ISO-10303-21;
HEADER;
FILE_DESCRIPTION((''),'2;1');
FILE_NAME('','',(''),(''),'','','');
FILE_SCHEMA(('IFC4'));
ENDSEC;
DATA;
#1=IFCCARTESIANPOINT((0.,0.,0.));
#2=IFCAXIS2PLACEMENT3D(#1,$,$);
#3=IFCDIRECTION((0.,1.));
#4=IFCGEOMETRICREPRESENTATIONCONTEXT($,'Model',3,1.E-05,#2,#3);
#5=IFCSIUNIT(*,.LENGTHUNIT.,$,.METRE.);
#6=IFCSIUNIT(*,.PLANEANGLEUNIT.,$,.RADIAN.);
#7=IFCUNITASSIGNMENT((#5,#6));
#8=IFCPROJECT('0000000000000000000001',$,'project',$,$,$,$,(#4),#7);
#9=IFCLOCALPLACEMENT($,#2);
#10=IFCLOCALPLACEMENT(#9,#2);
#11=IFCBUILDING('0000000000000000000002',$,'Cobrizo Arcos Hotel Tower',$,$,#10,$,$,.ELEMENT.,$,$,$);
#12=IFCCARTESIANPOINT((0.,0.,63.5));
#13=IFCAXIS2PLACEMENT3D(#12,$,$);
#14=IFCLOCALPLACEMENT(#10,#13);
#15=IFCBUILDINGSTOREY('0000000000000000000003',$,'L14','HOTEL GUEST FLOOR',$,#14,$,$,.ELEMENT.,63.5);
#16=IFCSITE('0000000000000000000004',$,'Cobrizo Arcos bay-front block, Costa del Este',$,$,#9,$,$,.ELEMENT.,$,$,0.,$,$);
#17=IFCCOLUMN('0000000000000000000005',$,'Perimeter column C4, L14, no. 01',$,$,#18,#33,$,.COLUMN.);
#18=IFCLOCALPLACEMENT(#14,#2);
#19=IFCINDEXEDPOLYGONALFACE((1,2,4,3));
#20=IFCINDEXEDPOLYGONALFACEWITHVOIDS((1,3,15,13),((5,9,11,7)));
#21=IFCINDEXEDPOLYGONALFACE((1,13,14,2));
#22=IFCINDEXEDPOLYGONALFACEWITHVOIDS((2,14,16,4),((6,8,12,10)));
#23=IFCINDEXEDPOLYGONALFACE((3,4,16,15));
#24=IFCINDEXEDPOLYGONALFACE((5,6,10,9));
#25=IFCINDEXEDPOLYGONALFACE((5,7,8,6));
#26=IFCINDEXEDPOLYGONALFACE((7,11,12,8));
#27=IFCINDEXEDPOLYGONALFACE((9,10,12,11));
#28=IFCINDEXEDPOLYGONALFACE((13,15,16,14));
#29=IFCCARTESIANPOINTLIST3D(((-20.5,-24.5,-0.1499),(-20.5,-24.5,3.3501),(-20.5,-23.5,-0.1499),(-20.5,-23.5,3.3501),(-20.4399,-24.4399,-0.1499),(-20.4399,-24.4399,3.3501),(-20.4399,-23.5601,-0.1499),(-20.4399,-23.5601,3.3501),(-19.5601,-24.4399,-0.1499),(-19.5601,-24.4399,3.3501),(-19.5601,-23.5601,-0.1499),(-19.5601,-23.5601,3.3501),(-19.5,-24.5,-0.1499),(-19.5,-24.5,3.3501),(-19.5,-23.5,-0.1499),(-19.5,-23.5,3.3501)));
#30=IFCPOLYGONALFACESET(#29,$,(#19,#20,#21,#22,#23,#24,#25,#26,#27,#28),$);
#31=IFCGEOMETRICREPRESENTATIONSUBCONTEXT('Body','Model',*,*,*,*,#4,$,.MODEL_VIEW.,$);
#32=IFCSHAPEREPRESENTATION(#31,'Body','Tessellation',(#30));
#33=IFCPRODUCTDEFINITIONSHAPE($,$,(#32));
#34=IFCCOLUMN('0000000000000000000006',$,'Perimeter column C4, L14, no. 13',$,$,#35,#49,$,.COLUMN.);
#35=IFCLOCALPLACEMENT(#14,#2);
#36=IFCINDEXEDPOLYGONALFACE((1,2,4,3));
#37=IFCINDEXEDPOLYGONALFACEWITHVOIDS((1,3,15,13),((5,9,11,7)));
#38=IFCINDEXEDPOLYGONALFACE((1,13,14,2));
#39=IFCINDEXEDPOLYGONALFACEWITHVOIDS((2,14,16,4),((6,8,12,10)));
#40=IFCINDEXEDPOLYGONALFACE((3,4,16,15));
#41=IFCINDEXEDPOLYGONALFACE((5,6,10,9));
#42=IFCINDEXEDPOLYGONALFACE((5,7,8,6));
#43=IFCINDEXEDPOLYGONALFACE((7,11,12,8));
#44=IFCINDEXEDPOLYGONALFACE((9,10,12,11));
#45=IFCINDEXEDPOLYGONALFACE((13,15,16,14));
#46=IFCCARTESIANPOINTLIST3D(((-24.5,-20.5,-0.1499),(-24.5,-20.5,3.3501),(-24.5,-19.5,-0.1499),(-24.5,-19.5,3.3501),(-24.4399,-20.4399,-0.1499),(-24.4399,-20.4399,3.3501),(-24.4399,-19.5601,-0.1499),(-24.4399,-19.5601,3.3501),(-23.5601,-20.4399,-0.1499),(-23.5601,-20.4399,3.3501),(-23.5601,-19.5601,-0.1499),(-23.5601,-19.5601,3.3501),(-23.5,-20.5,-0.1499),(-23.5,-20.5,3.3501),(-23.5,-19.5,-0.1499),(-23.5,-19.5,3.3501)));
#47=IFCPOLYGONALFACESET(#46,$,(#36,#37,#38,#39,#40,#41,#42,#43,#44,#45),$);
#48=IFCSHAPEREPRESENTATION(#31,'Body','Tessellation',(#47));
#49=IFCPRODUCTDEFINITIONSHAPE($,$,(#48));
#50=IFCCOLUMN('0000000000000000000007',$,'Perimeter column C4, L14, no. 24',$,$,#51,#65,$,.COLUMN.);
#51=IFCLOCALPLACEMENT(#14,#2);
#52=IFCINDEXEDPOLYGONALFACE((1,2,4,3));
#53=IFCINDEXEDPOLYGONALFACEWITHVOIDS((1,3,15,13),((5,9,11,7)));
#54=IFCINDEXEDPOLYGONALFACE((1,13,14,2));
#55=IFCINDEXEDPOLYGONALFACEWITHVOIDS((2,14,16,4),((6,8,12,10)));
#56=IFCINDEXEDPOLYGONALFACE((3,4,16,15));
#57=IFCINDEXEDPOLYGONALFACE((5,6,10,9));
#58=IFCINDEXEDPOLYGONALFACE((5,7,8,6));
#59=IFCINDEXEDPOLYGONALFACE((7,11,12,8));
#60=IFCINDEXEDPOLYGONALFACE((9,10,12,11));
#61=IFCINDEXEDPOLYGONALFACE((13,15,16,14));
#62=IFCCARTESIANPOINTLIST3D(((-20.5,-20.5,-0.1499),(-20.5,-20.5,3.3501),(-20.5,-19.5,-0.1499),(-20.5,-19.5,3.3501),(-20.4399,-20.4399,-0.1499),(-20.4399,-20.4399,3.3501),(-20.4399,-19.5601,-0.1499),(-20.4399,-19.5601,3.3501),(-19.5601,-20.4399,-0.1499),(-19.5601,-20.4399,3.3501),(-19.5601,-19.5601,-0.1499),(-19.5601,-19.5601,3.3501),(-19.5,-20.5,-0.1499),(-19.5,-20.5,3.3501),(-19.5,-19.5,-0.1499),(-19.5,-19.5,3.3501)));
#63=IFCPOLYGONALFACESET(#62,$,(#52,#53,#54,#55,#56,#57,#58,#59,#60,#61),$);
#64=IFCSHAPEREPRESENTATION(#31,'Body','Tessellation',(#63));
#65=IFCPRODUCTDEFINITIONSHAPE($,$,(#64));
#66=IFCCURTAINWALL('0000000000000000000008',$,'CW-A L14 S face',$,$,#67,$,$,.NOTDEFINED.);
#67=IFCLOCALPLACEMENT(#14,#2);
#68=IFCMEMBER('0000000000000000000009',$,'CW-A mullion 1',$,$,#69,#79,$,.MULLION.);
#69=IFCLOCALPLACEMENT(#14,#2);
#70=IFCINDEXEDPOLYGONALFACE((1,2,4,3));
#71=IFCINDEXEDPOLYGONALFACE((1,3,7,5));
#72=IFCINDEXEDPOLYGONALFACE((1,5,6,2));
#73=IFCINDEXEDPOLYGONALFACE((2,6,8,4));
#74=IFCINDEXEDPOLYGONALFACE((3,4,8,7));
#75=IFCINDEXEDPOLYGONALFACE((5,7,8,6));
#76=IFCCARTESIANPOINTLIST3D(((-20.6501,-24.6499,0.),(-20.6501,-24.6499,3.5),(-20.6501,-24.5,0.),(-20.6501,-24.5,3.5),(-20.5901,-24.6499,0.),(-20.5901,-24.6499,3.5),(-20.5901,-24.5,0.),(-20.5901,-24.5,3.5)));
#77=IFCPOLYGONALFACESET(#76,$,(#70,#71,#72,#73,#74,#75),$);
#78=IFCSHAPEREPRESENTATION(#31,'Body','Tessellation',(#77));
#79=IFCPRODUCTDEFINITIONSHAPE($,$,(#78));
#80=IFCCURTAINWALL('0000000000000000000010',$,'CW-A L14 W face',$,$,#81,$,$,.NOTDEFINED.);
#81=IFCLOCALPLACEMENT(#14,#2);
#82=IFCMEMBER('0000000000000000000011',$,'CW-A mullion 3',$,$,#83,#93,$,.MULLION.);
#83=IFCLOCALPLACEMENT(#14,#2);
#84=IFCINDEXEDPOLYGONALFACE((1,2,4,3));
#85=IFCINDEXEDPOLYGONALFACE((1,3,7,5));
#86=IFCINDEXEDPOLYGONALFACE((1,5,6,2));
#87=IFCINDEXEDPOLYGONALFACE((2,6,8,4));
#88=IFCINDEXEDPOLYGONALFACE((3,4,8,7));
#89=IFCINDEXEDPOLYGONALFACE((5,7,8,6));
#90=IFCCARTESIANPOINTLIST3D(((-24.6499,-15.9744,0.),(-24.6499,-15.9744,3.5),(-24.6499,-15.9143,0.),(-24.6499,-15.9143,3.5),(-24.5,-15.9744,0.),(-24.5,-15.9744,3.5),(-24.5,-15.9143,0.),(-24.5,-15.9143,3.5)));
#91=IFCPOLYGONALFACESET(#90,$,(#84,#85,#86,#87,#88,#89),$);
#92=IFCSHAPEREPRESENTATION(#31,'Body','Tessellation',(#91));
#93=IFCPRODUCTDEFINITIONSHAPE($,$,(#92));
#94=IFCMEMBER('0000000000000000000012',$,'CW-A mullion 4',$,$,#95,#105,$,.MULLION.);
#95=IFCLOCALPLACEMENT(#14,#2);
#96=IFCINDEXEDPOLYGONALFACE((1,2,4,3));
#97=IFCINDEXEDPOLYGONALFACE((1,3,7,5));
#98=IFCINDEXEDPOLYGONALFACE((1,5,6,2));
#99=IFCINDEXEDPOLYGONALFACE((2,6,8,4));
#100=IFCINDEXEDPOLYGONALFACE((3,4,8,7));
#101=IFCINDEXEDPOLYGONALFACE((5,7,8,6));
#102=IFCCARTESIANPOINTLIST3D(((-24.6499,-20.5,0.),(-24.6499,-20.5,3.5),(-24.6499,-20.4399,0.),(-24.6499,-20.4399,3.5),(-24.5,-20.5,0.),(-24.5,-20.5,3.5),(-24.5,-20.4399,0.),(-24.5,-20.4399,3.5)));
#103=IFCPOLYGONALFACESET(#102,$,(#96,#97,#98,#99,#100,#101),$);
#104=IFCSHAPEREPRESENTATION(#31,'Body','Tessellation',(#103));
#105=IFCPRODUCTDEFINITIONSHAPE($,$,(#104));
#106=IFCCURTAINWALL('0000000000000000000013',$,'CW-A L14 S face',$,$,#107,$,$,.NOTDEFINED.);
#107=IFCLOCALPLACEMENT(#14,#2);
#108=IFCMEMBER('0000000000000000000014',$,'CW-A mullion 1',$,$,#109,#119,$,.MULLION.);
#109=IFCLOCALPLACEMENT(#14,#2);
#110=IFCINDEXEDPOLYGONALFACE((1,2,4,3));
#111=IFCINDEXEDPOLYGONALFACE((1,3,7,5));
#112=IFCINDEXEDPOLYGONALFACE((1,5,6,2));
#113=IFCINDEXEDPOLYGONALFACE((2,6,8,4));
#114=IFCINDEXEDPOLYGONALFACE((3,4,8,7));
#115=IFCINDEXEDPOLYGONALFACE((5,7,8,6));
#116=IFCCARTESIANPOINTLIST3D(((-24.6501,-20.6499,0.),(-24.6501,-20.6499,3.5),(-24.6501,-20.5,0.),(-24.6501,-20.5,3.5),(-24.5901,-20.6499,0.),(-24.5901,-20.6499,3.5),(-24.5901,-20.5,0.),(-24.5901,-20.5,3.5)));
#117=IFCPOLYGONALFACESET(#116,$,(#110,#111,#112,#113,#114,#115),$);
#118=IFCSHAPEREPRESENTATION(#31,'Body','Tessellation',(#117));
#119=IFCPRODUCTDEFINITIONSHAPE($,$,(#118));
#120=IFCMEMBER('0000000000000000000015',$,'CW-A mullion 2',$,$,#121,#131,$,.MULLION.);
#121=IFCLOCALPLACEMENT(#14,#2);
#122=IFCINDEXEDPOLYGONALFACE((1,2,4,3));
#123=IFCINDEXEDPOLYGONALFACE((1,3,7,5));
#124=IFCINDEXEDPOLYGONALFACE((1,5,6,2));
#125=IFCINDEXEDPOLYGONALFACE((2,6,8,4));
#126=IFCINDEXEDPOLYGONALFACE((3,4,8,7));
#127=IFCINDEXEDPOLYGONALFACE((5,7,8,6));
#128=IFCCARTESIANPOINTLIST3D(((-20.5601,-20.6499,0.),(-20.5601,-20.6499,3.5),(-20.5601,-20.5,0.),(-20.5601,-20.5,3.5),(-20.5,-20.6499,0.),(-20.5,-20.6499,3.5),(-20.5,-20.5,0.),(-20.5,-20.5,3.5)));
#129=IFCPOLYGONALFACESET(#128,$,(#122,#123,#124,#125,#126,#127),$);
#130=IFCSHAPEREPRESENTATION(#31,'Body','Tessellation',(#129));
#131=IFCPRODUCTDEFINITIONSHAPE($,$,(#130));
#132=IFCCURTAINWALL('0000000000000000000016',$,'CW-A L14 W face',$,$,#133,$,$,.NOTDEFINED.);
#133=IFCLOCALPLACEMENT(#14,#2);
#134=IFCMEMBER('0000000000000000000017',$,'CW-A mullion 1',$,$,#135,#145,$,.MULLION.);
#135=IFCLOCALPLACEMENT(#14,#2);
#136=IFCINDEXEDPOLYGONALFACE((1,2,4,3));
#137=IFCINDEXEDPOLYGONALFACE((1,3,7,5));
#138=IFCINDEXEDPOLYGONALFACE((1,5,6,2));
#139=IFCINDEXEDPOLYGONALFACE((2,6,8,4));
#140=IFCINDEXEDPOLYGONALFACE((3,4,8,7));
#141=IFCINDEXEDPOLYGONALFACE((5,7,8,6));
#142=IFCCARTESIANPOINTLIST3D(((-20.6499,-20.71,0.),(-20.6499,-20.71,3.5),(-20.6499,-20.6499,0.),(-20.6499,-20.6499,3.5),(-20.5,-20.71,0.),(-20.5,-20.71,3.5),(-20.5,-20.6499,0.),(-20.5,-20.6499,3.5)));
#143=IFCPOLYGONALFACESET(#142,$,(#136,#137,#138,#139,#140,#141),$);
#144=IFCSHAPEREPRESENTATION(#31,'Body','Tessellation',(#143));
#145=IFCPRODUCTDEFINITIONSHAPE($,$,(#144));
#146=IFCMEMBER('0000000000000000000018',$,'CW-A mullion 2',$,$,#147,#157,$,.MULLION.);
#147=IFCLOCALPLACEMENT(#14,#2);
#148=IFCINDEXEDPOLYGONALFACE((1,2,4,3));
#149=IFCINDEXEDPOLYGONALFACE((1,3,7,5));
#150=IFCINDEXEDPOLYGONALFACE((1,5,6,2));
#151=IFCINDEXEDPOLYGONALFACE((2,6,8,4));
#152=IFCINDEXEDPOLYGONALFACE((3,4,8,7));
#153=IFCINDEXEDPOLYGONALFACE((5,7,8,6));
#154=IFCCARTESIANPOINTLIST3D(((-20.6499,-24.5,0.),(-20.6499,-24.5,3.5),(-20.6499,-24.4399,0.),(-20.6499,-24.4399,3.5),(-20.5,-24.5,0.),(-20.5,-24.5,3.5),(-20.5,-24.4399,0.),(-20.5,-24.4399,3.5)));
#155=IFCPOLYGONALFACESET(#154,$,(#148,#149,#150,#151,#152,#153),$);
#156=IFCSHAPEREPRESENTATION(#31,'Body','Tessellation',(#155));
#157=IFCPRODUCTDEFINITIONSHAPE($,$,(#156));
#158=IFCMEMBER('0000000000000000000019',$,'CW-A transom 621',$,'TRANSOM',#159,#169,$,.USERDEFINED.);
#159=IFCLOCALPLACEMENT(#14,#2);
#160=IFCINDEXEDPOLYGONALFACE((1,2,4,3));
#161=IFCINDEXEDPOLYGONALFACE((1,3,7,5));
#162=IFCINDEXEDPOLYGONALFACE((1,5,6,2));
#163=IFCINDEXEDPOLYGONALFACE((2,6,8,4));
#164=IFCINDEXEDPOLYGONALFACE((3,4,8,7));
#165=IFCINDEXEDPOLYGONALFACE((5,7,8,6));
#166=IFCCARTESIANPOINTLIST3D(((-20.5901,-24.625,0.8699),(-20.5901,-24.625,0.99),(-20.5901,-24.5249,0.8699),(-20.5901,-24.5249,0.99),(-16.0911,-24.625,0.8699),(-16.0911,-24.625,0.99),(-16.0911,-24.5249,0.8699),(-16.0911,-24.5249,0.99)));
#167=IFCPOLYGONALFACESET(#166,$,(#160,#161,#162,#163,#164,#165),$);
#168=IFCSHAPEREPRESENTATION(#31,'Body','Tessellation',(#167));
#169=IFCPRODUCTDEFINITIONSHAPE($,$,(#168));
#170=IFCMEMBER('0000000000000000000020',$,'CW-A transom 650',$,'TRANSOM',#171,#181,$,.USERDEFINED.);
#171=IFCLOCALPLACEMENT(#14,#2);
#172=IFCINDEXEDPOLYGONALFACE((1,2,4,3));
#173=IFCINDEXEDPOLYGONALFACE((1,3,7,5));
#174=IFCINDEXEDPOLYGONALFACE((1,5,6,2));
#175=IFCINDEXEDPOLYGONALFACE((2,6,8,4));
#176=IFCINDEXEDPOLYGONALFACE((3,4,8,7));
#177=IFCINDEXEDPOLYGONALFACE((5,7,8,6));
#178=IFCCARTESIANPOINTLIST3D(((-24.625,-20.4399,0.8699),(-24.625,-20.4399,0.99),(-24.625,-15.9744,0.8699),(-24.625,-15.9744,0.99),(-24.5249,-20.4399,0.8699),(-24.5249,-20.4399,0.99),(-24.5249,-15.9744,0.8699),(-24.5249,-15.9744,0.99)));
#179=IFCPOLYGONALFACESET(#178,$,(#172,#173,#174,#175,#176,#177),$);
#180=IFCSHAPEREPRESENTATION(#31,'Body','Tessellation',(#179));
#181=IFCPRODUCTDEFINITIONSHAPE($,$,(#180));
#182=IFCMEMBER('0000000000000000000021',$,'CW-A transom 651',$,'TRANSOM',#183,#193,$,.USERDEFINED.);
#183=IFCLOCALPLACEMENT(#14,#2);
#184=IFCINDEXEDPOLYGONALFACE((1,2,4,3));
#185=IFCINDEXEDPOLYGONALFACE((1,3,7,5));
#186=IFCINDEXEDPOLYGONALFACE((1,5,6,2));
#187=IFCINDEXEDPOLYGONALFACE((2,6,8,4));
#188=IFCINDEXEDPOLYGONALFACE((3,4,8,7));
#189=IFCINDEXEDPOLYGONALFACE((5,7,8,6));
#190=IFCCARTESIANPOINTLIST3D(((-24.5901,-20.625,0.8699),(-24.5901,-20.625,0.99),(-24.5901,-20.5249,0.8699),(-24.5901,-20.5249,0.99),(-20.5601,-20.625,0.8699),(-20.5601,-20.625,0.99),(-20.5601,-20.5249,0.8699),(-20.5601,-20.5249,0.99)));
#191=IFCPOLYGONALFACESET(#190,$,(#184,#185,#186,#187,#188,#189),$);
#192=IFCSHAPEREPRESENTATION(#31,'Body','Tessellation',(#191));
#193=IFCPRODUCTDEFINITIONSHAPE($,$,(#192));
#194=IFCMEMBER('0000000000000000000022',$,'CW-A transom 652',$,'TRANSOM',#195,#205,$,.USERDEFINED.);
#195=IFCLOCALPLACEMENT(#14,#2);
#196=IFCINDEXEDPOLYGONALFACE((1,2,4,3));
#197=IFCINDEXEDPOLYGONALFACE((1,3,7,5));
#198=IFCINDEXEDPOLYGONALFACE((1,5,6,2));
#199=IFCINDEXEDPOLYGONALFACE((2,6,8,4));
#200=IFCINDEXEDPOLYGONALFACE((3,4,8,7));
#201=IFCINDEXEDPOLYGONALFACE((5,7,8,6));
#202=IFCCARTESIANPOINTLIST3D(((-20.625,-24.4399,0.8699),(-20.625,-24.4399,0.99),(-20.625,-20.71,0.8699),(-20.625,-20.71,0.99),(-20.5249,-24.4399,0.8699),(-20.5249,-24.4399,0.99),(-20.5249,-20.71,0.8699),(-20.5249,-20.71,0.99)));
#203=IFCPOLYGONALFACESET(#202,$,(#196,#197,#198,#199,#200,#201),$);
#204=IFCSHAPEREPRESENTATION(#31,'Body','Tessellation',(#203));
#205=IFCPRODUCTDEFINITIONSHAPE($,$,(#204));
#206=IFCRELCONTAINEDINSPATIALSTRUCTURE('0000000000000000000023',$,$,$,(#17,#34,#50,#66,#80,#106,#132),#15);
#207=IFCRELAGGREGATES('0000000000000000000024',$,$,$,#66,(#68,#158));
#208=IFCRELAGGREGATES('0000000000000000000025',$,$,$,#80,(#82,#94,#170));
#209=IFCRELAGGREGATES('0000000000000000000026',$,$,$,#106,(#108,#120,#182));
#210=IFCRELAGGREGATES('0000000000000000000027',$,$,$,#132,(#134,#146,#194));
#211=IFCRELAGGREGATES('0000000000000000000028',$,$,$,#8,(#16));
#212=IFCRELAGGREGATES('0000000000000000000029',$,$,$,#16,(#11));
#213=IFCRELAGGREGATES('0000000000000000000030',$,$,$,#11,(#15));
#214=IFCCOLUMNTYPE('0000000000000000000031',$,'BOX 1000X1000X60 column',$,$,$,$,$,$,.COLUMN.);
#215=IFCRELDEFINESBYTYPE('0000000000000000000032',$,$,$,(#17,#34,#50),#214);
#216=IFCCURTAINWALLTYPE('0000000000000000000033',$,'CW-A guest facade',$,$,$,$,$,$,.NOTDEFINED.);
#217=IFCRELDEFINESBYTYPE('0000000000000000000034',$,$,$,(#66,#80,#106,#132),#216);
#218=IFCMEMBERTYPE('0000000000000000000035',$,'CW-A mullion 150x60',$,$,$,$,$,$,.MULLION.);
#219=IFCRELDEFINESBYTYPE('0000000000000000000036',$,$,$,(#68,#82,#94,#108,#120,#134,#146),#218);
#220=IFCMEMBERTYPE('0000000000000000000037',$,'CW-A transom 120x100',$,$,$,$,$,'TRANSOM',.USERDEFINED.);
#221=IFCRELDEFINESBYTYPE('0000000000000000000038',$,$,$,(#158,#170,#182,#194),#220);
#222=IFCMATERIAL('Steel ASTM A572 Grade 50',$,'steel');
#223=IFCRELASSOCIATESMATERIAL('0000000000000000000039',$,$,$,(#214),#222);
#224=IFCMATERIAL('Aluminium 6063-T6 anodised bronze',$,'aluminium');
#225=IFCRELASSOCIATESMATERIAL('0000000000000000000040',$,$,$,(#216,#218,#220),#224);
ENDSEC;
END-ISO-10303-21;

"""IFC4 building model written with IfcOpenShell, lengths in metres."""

from ifc_helpers import new_model, si_unit, direction, frame, origin, origin_2d, place, context, subcontext, project, spatial, rectangle, hollow_rectangle, extrude, material, material_profile, profile_set, type_object, element, aggregate, save


model = new_model("IFC4")

# Units and contexts
model_context = context("Model", 3, precision=1e-05, world=origin(), true_north=direction((0.0, 1.0)))
body_context = subcontext(model_context, "Body", "Model", "MODEL_VIEW")
ifc_project = project(units=[si_unit("LENGTHUNIT", "METRE"), si_unit("PLANEANGLEUNIT", "RADIAN")], contexts=[model_context])

# Site, building, storey
site_placement = place(None, origin())
site = spatial("IfcSite", under=ifc_project, at=site_placement, Name="Cobrizo Arcos bay-front block, Costa del Este", CompositionType="ELEMENT", RefElevation=0.0)
building_placement = place(site_placement, origin())
building = spatial("IfcBuilding", under=site, at=building_placement, Name="Cobrizo Arcos Hotel Tower", CompositionType="ELEMENT")
storey_placement = place(building_placement, frame((0.0, 0.0, 63.5)))
storey = spatial("IfcBuildingStorey", under=building, at=storey_placement, Name="L14", Description="HOTEL GUEST FLOOR", CompositionType="ELEMENT", Elevation=63.5)

# Columns
ifc_material_1 = material(Name="Steel ASTM A572 Grade 50", Category="steel")
ifc_material_profile_1 = material_profile(ifc_material_1, hollow_rectangle(XDim=1.0, YDim=1.0, WallThickness=0.0601, at=origin_2d()), Name="BOX 1000X1000X60")
ifc_profile_set_1 = profile_set([ifc_material_profile_1], Name="Steel ASTM A572 Grade 50")
column_type = type_object("IfcColumnType", Name="BOX 1000X1000X60 column", PredefinedType="COLUMN", material=ifc_profile_set_1)
for number, where, z_axis, x_axis, name in (
    (1, (-20.0, -24.0, -0.1499), (0.0, 0.0, 1.0), (1.0, 0.0, 0.0), "Perimeter column C4, L14, no. 01"),
    (2, (-24.0, -20.0, -0.1499), (0.0, 0.0, 1.0), (1.0, 0.0, 0.0), "Perimeter column C4, L14, no. 13"),
    (3, (-20.0, -20.0, -0.1499), (0.0, 0.0, 1.0), (1.0, 0.0, 0.0), "Perimeter column C4, L14, no. 24"),
):
    element("IfcColumn", number, at=place(storey_placement, frame(where, z_axis=z_axis, x_axis=x_axis)), inside=storey, type_object=column_type, Name=name, PredefinedType="COLUMN", context=body_context, shape_type="SweptSolid", body=[
        extrude(hollow_rectangle(XDim=1.0, YDim=1.0, WallThickness=0.0601, at=origin_2d()), origin(), (0.0, 0.0, 1.0), 3.5),
    ])

# Curtain wall, member
ifc_material_2 = material(Name="Aluminium 6063-T6 anodised bronze", Category="aluminium")
curtain_wall_type = type_object("IfcCurtainWallType", Name="CW-A guest facade", PredefinedType="NOTDEFINED", material=ifc_material_2)
curtain_wall_1_placement = place(storey_placement, origin())
curtain_wall_1 = element("IfcCurtainWall", 4, at=curtain_wall_1_placement, inside=storey, type_object=curtain_wall_type, Name="CW-A L14 S face", PredefinedType="NOTDEFINED")
ifc_material_profile_2 = material_profile(ifc_material_2, rectangle(XDim=0.1499, YDim=0.0601, at=origin_2d()), Name="CW-A mullion 150x60")
ifc_profile_set_2 = profile_set([ifc_material_profile_2], Name="Aluminium 6063-T6 anodised bronze")
member_type_1 = type_object("IfcMemberType", Name="CW-A mullion 150x60", PredefinedType="MULLION", material=ifc_profile_set_2)
member_1_placement = place(storey_placement, frame((-20.6201, -24.575, 0.0), z_axis=(0.0, 0.0, 1.0), x_axis=(0.0, -1.0, 0.0)))
member_1 = element("IfcMember", 5, at=member_1_placement, type_object=member_type_1, Name="CW-A mullion 1", PredefinedType="MULLION", context=body_context, shape_type="SweptSolid", body=[
    extrude(rectangle(XDim=0.1499, YDim=0.0601, at=origin_2d()), origin(), (0.0, 0.0, 1.0), 3.5),
])

# Curtain walls, members
curtain_wall_2_placement = place(storey_placement, origin())
curtain_wall_2 = element("IfcCurtainWall", 6, at=curtain_wall_2_placement, inside=storey, type_object=curtain_wall_type, Name="CW-A L14 W face", PredefinedType="NOTDEFINED")
member_2_placement = place(storey_placement, frame((-24.575, -15.9443, 0.0), z_axis=(0.0, 0.0, 1.0), x_axis=(-1.0, 0.0, 0.0)))
member_2 = element("IfcMember", 7, at=member_2_placement, type_object=member_type_1, Name="CW-A mullion 3", PredefinedType="MULLION", context=body_context, shape_type="SweptSolid", body=[
    extrude(rectangle(XDim=0.1499, YDim=0.0601, at=origin_2d()), origin(), (0.0, 0.0, 1.0), 3.5),
])
member_3_placement = place(storey_placement, frame((-24.575, -20.47, 0.0), z_axis=(0.0, 0.0, 1.0), x_axis=(-1.0, 0.0, 0.0)))
member_3 = element("IfcMember", 8, at=member_3_placement, type_object=member_type_1, Name="CW-A mullion 4", PredefinedType="MULLION", context=body_context, shape_type="SweptSolid", body=[
    extrude(rectangle(XDim=0.1499, YDim=0.0601, at=origin_2d()), origin(), (0.0, 0.0, 1.0), 3.5),
])
curtain_wall_3_placement = place(storey_placement, origin())
curtain_wall_3 = element("IfcCurtainWall", 9, at=curtain_wall_3_placement, inside=storey, type_object=curtain_wall_type, Name="CW-A L14 S face", PredefinedType="NOTDEFINED")
member_4_placement = place(storey_placement, frame((-24.6201, -20.575, 0.0), z_axis=(0.0, 0.0, 1.0), x_axis=(0.0, -1.0, 0.0)))
member_4 = element("IfcMember", 10, at=member_4_placement, type_object=member_type_1, Name="CW-A mullion 1", PredefinedType="MULLION", context=body_context, shape_type="SweptSolid", body=[
    extrude(rectangle(XDim=0.1499, YDim=0.0601, at=origin_2d()), origin(), (0.0, 0.0, 1.0), 3.5),
])
member_5_placement = place(storey_placement, frame((-20.53, -20.575, 0.0), z_axis=(0.0, 0.0, 1.0), x_axis=(0.0, -1.0, 0.0)))
member_5 = element("IfcMember", 11, at=member_5_placement, type_object=member_type_1, Name="CW-A mullion 2", PredefinedType="MULLION", context=body_context, shape_type="SweptSolid", body=[
    extrude(rectangle(XDim=0.1499, YDim=0.0601, at=origin_2d()), origin(), (0.0, 0.0, 1.0), 3.5),
])
curtain_wall_4_placement = place(storey_placement, origin())
curtain_wall_4 = element("IfcCurtainWall", 12, at=curtain_wall_4_placement, inside=storey, type_object=curtain_wall_type, Name="CW-A L14 W face", PredefinedType="NOTDEFINED")
member_6_placement = place(storey_placement, frame((-20.575, -20.6799, 0.0), z_axis=(0.0, 0.0, 1.0), x_axis=(-1.0, 0.0, 0.0)))
member_6 = element("IfcMember", 13, at=member_6_placement, type_object=member_type_1, Name="CW-A mullion 1", PredefinedType="MULLION", context=body_context, shape_type="SweptSolid", body=[
    extrude(rectangle(XDim=0.1499, YDim=0.0601, at=origin_2d()), origin(), (0.0, 0.0, 1.0), 3.5),
])
member_7_placement = place(storey_placement, frame((-20.575, -24.47, 0.0), z_axis=(0.0, 0.0, 1.0), x_axis=(-1.0, 0.0, 0.0)))
member_7 = element("IfcMember", 14, at=member_7_placement, type_object=member_type_1, Name="CW-A mullion 2", PredefinedType="MULLION", context=body_context, shape_type="SweptSolid", body=[
    extrude(rectangle(XDim=0.1499, YDim=0.0601, at=origin_2d()), origin(), (0.0, 0.0, 1.0), 3.5),
])

# Members
ifc_material_profile_3 = material_profile(ifc_material_2, rectangle(XDim=0.1001, YDim=0.1201, at=origin_2d()), Name="CW-A transom 120x100")
ifc_profile_set_3 = profile_set([ifc_material_profile_3], Name="Aluminium 6063-T6 anodised bronze")
member_type_2 = type_object("IfcMemberType", Name="CW-A transom 120x100", ElementType="TRANSOM", PredefinedType="USERDEFINED", material=ifc_profile_set_3)
member_8_placement = place(storey_placement, frame((-20.5901, -24.575, 0.9299), z_axis=(1.0, 0.0, 0.0), x_axis=(0.0, 1.0, 0.0)))
member_8 = element("IfcMember", 15, at=member_8_placement, type_object=member_type_2, Name="CW-A transom 621", ObjectType="TRANSOM", PredefinedType="USERDEFINED", context=body_context, shape_type="SweptSolid", body=[
    extrude(rectangle(XDim=0.1001, YDim=0.1201, at=origin_2d()), origin(), (0.0, 0.0, 1.0), 4.499),
])
member_9_placement = place(storey_placement, frame((-24.575, -15.9744, 0.9299), z_axis=(0.0, -1.0, 0.0), x_axis=(1.0, 0.0, 0.0)))
member_9 = element("IfcMember", 16, at=member_9_placement, type_object=member_type_2, Name="CW-A transom 650", ObjectType="TRANSOM", PredefinedType="USERDEFINED", context=body_context, shape_type="SweptSolid", body=[
    extrude(rectangle(XDim=0.1001, YDim=0.1201, at=origin_2d()), origin(), (0.0, 0.0, 1.0), 4.4656),
])
member_10_placement = place(storey_placement, frame((-24.5901, -20.575, 0.9299), z_axis=(1.0, 0.0, 0.0), x_axis=(0.0, 1.0, 0.0)))
member_10 = element("IfcMember", 17, at=member_10_placement, type_object=member_type_2, Name="CW-A transom 651", ObjectType="TRANSOM", PredefinedType="USERDEFINED", context=body_context, shape_type="SweptSolid", body=[
    extrude(rectangle(XDim=0.1001, YDim=0.1201, at=origin_2d()), origin(), (0.0, 0.0, 1.0), 4.03),
])
member_11_placement = place(storey_placement, frame((-20.575, -20.71, 0.9299), z_axis=(0.0, -1.0, 0.0), x_axis=(1.0, 0.0, 0.0)))
member_11 = element("IfcMember", 18, at=member_11_placement, type_object=member_type_2, Name="CW-A transom 652", ObjectType="TRANSOM", PredefinedType="USERDEFINED", context=body_context, shape_type="SweptSolid", body=[
    extrude(rectangle(XDim=0.1001, YDim=0.1201, at=origin_2d()), origin(), (0.0, 0.0, 1.0), 3.73),
])

aggregate(curtain_wall_1, [member_1, member_8])
aggregate(curtain_wall_2, [member_2, member_3, member_9])
aggregate(curtain_wall_3, [member_4, member_5, member_10])
aggregate(curtain_wall_4, [member_6, member_7, member_11])

save(model, "model.ifc")
